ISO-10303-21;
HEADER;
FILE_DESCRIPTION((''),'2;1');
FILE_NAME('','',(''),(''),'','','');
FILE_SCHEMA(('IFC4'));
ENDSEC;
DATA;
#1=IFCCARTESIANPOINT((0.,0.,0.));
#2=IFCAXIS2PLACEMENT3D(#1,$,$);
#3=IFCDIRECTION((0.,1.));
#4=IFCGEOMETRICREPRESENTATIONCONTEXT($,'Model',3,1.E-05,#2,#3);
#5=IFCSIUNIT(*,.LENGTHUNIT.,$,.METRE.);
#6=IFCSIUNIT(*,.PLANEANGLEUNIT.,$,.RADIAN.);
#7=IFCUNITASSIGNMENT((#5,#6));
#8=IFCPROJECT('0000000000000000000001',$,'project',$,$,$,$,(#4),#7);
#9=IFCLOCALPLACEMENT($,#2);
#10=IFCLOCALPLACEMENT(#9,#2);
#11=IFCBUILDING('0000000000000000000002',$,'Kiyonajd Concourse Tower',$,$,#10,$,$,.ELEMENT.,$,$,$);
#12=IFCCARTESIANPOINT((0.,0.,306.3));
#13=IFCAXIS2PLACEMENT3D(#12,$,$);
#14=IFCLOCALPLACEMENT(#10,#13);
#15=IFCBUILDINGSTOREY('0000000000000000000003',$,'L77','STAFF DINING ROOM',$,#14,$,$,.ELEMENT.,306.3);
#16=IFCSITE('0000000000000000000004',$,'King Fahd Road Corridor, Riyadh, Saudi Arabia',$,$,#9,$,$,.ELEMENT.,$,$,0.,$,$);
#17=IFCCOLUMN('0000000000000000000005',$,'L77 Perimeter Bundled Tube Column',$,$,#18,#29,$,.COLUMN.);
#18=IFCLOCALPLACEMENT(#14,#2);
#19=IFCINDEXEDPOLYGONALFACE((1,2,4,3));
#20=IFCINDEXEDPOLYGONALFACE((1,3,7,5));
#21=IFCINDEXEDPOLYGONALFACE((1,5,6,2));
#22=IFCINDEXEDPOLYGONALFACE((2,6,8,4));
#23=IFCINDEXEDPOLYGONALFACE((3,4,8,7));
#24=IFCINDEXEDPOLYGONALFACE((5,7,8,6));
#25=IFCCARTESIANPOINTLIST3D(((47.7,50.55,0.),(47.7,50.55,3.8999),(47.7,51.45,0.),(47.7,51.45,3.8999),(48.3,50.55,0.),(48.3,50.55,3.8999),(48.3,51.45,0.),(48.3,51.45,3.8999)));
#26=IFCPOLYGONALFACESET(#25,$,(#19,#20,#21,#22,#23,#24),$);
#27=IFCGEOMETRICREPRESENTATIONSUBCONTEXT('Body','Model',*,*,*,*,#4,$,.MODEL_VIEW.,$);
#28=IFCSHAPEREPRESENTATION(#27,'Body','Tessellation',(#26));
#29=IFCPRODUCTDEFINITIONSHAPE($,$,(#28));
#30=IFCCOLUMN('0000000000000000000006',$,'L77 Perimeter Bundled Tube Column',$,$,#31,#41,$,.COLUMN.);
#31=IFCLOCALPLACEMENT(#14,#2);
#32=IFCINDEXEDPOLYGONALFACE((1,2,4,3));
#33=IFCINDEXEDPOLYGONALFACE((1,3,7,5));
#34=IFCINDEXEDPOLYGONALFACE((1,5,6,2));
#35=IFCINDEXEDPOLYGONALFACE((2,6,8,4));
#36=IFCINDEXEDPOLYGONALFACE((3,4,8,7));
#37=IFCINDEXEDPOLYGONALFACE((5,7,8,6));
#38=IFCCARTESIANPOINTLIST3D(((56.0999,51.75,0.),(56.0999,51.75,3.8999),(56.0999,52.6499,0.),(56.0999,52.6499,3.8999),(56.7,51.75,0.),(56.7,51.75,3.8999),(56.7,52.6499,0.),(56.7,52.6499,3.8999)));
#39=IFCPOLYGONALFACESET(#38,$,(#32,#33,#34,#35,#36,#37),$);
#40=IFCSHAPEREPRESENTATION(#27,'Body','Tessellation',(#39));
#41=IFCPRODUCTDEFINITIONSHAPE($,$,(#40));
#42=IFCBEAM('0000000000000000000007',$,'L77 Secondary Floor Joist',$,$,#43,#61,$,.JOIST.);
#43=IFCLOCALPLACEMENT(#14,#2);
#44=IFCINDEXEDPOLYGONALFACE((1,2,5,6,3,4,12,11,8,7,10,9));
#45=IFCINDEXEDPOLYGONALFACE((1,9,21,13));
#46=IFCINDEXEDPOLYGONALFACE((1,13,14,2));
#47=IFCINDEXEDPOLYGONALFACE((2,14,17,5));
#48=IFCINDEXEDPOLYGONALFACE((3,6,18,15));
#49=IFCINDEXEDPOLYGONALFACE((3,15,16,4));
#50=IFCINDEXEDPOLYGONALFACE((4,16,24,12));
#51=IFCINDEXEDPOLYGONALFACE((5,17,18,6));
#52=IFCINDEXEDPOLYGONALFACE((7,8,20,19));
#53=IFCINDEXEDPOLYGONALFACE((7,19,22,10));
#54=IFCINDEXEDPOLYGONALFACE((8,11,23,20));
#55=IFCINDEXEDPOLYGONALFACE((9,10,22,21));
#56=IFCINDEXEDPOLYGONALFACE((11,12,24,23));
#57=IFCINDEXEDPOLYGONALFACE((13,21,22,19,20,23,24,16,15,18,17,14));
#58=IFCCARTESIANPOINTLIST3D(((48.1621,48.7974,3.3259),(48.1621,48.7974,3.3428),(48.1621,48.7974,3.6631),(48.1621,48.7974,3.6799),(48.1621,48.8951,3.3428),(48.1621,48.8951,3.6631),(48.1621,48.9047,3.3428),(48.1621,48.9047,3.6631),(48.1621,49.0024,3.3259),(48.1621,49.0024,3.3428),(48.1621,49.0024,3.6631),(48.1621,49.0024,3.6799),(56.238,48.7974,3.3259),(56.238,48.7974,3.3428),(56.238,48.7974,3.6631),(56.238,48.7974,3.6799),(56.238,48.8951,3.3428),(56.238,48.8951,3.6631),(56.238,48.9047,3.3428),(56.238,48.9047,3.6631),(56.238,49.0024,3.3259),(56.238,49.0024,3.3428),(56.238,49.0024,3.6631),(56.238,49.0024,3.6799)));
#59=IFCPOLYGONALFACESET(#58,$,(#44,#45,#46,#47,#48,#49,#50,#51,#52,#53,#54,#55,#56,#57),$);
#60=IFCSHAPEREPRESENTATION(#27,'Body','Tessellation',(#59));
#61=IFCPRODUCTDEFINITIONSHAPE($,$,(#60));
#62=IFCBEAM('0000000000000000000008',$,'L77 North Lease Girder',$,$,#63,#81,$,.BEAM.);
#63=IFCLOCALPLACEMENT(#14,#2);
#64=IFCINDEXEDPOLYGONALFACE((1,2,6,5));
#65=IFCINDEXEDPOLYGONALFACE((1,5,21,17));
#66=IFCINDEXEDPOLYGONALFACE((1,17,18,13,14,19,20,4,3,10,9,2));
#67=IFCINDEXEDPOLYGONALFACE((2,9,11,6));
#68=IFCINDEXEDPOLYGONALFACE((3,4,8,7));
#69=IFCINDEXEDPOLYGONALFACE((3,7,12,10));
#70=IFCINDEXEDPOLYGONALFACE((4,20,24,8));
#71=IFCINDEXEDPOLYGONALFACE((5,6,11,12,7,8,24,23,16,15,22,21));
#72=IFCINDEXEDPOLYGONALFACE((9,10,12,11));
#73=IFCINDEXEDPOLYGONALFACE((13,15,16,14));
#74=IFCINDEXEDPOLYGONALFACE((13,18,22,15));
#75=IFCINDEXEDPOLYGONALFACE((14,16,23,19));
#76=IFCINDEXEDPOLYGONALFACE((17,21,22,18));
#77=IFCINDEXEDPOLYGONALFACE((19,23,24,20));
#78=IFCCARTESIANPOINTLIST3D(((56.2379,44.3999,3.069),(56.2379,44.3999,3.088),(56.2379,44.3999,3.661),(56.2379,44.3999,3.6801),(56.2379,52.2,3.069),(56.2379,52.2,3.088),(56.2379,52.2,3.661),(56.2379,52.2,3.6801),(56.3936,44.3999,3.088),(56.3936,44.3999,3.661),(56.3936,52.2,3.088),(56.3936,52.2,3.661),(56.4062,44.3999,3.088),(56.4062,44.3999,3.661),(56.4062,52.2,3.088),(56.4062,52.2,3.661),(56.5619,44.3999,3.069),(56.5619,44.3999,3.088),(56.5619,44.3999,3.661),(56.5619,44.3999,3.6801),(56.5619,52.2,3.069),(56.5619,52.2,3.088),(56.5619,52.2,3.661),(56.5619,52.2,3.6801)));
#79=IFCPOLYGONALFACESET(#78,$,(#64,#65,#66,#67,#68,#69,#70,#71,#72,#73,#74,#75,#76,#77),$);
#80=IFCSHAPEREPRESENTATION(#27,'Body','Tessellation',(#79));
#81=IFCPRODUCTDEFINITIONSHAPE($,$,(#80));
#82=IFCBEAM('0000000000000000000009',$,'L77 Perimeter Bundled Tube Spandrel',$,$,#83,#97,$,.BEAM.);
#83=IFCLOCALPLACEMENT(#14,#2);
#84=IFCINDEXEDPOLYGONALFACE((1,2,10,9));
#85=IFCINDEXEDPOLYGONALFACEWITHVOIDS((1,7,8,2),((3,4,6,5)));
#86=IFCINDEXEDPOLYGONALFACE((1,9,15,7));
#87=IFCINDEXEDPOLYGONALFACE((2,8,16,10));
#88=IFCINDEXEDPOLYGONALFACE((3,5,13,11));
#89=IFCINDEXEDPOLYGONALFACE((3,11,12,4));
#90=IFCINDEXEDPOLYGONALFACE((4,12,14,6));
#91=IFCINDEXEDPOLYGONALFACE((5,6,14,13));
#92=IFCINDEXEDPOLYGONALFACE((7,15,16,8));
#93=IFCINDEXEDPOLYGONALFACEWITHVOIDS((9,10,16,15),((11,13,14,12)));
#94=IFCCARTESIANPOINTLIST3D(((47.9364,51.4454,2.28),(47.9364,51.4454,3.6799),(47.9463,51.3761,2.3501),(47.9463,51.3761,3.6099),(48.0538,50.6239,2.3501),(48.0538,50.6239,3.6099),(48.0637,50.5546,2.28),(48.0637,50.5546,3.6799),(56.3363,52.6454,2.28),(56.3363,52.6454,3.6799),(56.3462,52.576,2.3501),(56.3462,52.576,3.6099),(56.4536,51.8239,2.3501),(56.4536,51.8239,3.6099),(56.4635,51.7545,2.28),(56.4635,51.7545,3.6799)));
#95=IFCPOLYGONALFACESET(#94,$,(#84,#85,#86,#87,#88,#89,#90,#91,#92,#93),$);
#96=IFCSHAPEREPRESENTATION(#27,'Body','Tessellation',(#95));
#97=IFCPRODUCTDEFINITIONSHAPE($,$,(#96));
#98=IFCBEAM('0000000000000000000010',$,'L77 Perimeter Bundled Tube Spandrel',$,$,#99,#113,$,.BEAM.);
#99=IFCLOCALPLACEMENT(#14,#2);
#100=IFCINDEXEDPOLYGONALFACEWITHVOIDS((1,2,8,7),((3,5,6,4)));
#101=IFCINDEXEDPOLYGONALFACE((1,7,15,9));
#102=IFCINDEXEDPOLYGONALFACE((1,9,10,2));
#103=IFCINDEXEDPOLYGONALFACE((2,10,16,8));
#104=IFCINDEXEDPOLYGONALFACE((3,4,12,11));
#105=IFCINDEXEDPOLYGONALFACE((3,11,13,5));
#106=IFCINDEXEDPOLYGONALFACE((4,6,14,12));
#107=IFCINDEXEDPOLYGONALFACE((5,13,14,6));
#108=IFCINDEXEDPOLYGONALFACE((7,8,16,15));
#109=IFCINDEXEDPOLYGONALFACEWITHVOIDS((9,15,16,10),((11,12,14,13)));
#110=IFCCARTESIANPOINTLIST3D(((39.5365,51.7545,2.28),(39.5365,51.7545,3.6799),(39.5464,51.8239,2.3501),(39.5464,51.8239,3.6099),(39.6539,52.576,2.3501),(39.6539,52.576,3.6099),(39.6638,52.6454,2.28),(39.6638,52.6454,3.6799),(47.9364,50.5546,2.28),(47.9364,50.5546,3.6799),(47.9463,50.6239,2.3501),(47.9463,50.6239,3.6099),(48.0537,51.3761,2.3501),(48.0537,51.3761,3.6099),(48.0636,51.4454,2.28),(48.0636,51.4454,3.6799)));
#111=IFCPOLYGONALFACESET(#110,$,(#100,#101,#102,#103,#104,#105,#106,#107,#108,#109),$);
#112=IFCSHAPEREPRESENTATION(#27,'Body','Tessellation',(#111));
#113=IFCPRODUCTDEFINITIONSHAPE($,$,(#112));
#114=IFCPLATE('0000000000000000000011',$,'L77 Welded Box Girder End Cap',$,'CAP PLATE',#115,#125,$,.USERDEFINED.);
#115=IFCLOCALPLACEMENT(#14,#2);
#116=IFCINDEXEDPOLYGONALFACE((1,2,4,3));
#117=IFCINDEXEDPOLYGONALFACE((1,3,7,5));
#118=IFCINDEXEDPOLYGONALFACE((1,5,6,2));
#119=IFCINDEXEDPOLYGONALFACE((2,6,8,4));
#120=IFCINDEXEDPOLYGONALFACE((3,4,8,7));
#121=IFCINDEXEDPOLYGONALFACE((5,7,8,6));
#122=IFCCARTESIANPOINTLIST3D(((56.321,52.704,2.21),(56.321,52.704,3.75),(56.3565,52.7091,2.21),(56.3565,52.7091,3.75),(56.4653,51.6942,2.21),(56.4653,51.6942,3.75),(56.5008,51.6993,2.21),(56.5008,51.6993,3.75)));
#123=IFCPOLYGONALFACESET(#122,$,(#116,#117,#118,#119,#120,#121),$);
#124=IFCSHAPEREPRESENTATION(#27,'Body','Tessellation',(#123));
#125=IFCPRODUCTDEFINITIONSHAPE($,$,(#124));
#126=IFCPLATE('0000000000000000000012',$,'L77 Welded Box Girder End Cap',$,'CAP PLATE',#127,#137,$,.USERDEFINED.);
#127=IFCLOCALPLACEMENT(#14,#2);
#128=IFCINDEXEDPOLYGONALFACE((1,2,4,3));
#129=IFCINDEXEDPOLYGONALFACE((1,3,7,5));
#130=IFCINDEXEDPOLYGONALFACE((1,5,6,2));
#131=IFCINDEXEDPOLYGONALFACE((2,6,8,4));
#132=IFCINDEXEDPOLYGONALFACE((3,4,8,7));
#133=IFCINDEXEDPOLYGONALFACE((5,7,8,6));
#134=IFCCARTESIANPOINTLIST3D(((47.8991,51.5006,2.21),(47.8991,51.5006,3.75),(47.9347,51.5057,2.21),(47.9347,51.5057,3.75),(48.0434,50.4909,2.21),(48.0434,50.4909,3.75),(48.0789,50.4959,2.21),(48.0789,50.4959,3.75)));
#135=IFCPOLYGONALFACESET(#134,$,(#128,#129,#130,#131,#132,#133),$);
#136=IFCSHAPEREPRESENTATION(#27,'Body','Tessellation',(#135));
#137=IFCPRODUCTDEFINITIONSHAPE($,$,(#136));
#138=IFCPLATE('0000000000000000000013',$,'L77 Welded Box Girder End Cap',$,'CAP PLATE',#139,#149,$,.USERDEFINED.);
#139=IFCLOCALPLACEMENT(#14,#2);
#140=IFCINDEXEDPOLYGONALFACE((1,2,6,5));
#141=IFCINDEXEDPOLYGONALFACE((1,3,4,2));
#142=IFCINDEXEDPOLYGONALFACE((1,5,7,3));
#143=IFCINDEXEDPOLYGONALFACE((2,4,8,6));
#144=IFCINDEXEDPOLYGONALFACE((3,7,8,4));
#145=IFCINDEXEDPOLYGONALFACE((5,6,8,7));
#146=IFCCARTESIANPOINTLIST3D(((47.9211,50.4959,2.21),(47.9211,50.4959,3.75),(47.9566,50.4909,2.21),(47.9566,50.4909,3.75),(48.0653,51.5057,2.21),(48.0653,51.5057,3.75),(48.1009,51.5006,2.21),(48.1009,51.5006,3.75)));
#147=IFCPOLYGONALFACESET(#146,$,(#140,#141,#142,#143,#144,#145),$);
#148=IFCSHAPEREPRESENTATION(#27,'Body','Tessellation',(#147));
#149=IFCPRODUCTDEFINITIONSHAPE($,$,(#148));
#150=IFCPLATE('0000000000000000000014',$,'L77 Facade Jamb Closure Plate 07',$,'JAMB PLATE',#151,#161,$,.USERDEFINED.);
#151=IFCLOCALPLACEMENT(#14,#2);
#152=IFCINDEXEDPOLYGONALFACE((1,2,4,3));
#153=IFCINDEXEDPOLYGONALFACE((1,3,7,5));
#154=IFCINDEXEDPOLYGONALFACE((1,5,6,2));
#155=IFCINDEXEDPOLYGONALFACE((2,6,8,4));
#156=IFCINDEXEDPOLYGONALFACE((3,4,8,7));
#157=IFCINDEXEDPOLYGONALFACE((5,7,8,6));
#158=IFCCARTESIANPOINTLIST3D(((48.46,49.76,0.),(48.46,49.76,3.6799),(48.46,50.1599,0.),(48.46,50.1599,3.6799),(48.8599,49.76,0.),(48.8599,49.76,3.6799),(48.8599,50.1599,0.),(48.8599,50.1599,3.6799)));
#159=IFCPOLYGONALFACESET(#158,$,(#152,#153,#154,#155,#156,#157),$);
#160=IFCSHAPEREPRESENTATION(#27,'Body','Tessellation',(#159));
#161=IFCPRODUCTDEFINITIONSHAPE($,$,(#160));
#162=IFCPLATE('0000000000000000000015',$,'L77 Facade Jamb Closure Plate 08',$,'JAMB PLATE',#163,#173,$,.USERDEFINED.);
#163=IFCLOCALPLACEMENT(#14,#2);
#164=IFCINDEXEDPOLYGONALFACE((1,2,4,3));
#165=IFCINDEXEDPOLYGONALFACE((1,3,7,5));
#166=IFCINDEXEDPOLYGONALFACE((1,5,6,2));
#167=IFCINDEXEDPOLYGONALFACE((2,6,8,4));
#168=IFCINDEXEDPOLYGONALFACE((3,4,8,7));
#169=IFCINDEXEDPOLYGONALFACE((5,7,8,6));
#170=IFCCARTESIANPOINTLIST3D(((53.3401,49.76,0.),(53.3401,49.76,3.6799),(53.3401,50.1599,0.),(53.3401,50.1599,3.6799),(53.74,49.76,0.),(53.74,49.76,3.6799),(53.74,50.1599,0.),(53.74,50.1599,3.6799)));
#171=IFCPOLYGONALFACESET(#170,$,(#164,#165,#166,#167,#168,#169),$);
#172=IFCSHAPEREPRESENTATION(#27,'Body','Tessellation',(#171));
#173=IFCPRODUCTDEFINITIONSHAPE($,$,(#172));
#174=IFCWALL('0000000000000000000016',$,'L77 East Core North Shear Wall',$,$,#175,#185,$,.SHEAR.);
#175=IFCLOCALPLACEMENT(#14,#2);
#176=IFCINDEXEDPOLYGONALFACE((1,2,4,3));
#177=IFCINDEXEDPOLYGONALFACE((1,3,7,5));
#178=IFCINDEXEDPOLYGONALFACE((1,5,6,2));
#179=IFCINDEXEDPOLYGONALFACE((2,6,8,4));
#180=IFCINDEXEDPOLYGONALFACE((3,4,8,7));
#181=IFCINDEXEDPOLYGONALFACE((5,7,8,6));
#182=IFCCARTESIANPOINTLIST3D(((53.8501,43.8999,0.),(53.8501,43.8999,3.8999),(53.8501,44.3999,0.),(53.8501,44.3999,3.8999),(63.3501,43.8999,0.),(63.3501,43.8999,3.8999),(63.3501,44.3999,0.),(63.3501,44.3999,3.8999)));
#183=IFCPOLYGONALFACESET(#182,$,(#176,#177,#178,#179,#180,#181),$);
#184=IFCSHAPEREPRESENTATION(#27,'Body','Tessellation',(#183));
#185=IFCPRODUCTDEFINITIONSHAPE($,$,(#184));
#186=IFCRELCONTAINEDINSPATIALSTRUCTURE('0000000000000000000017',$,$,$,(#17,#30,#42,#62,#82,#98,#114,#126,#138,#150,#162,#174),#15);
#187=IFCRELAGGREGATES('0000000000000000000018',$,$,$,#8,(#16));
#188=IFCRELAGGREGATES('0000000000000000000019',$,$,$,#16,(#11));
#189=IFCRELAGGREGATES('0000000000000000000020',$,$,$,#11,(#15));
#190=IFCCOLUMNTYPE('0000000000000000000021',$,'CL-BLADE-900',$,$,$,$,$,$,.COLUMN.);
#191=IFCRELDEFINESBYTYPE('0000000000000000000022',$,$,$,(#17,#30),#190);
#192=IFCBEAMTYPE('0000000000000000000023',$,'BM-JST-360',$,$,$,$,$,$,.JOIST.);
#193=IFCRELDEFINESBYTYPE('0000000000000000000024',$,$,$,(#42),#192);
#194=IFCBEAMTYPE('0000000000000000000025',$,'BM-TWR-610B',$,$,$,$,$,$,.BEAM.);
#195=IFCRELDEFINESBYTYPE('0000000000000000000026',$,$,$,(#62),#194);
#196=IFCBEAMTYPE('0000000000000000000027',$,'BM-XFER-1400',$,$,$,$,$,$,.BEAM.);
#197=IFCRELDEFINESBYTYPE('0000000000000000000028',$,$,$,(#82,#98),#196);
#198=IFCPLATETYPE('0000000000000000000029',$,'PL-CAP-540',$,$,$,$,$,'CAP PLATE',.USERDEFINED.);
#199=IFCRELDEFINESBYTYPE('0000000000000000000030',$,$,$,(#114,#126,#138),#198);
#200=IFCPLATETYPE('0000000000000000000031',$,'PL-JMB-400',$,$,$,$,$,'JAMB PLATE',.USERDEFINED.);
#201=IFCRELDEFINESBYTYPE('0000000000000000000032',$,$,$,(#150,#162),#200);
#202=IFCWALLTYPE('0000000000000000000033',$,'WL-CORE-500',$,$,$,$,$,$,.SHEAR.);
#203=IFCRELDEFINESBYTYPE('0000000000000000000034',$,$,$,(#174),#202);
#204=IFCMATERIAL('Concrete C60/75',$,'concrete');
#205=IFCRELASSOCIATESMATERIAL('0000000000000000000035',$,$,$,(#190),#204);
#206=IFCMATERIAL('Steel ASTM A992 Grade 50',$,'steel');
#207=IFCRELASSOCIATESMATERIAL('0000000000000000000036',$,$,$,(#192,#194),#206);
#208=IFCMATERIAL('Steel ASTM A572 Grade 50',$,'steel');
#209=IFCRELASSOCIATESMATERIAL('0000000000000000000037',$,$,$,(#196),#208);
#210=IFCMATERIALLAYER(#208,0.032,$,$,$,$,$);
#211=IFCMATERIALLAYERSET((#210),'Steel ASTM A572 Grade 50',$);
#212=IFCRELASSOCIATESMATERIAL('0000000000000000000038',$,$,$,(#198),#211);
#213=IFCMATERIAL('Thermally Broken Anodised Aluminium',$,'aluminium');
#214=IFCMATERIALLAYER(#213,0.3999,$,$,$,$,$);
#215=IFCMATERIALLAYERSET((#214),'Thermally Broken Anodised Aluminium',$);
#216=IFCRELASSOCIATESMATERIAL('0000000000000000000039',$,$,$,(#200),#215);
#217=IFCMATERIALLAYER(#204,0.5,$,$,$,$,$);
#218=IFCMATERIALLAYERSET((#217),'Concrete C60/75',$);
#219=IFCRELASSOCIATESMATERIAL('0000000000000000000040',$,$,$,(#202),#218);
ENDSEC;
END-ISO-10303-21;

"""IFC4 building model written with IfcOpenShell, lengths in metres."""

from ifc_helpers import new_model, si_unit, direction, frame, frame_2d, origin, origin_2d, place, context, subcontext, project, spatial, rectangle, hollow_rectangle, i_section, extrude, material, layer, layer_set, material_profile, profile_set, type_object, element, save


model = new_model("IFC4")

# Units and contexts
model_context = context("Model", 3, precision=1e-05, world=origin(), true_north=direction((0.0, 1.0)))
body_context = subcontext(model_context, "Body", "Model", "MODEL_VIEW")
ifc_project = project(units=[si_unit("LENGTHUNIT", "METRE"), si_unit("PLANEANGLEUNIT", "RADIAN")], contexts=[model_context])

# Site, building, storey
site_placement = place(None, origin())
site = spatial("IfcSite", under=ifc_project, at=site_placement, Name="King Fahd Road Corridor, Riyadh, Saudi Arabia", CompositionType="ELEMENT", RefElevation=0.0)
building_placement = place(site_placement, origin())
building = spatial("IfcBuilding", under=site, at=building_placement, Name="Kiyonajd Concourse Tower", CompositionType="ELEMENT")
storey_placement = place(building_placement, frame((0.0, 0.0, 306.3)))
storey = spatial("IfcBuildingStorey", under=building, at=storey_placement, Name="L77", Description="STAFF DINING ROOM", CompositionType="ELEMENT", Elevation=306.3)

# Columns
ifc_material_1 = material(Name="Concrete C60/75", Category="concrete")
ifc_material_profile_1 = material_profile(ifc_material_1, rectangle(XDim=0.6001, YDim=0.8999, at=origin_2d()), Name="RC-900x600")
ifc_profile_set_1 = profile_set([ifc_material_profile_1], Name="Concrete C60/75")
column_type = type_object("IfcColumnType", Name="CL-BLADE-900", PredefinedType="COLUMN", material=ifc_profile_set_1)
for number, where, z_axis, x_axis, name in (
    (1, (48.0, 51.0, 0.0), (0.0, 0.0, 1.0), (1.0, 0.0, 0.0), "L77 Perimeter Bundled Tube Column"),
    (2, (56.3999, 52.2, 0.0), (0.0, 0.0, 1.0), (1.0, 0.0, 0.0), "L77 Perimeter Bundled Tube Column"),
):
    element("IfcColumn", number, at=place(storey_placement, frame(where, z_axis=z_axis, x_axis=x_axis)), inside=storey, type_object=column_type, Name=name, PredefinedType="COLUMN", context=body_context, shape_type="SweptSolid", body=[
        extrude(rectangle(XDim=0.6001, YDim=0.8999, at=origin_2d()), origin(), (0.0, 0.0, 1.0), 3.8999),
    ])

# Beams
ifc_material_2 = material(Name="Steel ASTM A992 Grade 50", Category="steel")
ifc_material_profile_2 = material_profile(ifc_material_2, i_section(OverallWidth=0.2051, OverallDepth=0.354, WebThickness=0.0095, FlangeThickness=0.0168, at=origin_2d()), Name="W360X79")
ifc_profile_set_2 = profile_set([ifc_material_profile_2], Name="Steel ASTM A992 Grade 50")
beam_type_1 = type_object("IfcBeamType", Name="BM-JST-360", PredefinedType="JOIST", material=ifc_profile_set_2)
beam_1_placement = place(storey_placement, frame((48.1621, 48.8999, 3.5029), z_axis=(1.0, 0.0, 0.0), x_axis=(0.0, 1.0, 0.0)))
element("IfcBeam", 3, at=beam_1_placement, inside=storey, type_object=beam_type_1, Name="L77 Secondary Floor Joist", PredefinedType="JOIST", context=body_context, shape_type="SweptSolid", body=[
    extrude(i_section(OverallWidth=0.2051, OverallDepth=0.354, WebThickness=0.0095, FlangeThickness=0.0168, at=origin_2d()), origin(), (0.0, 0.0, 1.0), 8.0759),
])
ifc_material_profile_3 = material_profile(ifc_material_2, i_section(OverallWidth=0.324, OverallDepth=0.6111, WebThickness=0.0127, FlangeThickness=0.019, at=origin_2d()), Name="W610X155")
ifc_profile_set_3 = profile_set([ifc_material_profile_3], Name="Steel ASTM A992 Grade 50")
beam_type_2 = type_object("IfcBeamType", Name="BM-TWR-610B", PredefinedType="BEAM", material=ifc_profile_set_3)
beam_2_placement = place(storey_placement, frame((56.3999, 44.3999, 3.3745), z_axis=(0.0, 1.0, 0.0), x_axis=(-1.0, 0.0, 0.0)))
element("IfcBeam", 4, at=beam_2_placement, inside=storey, type_object=beam_type_2, Name="L77 North Lease Girder", PredefinedType="BEAM", context=body_context, shape_type="SweptSolid", body=[
    extrude(i_section(OverallWidth=0.324, OverallDepth=0.6111, WebThickness=0.0127, FlangeThickness=0.019, at=origin_2d()), origin(), (0.0, 0.0, 1.0), 7.8),
])
ifc_material_3 = material(Name="Steel ASTM A572 Grade 50", Category="steel")
ifc_material_profile_4 = material_profile(ifc_material_3, hollow_rectangle(XDim=0.8999, YDim=1.3999, WallThickness=0.0701, at=origin_2d()), Name="BOX-1400x900x70")
ifc_profile_set_4 = profile_set([ifc_material_profile_4], Name="Steel ASTM A572 Grade 50")
beam_type_3 = type_object("IfcBeamType", Name="BM-XFER-1400", PredefinedType="BEAM", material=ifc_profile_set_4)
for number, where, z_axis, x_axis, name in (
    (5, (56.3999, 52.2, 2.98), (-0.98995, -0.141417, 0.0), (0.141417, -0.98995, 0.0), "L77 Perimeter Bundled Tube Spandrel"),
    (6, (48.0, 51.0, 2.98), (-0.98995, 0.141417, 0.0), (-0.141417, -0.98995, 0.0), "L77 Perimeter Bundled Tube Spandrel"),
):
    element("IfcBeam", number, at=place(storey_placement, frame(where, z_axis=z_axis, x_axis=x_axis)), inside=storey, type_object=beam_type_3, Name=name, PredefinedType="BEAM", context=body_context, shape_type="SweptSolid", body=[
        extrude(hollow_rectangle(XDim=0.8999, YDim=1.3999, WallThickness=0.0701, at=origin_2d()), origin(), (0.0, 0.0, 1.0), 8.4851),
    ])

# Plates
ifc_layer_1 = layer(ifc_material_3, 0.032)
ifc_layer_set_1 = layer_set([ifc_layer_1], Name="Steel ASTM A572 Grade 50")
plate_type_1 = type_object("IfcPlateType", Name="PL-CAP-540", ElementType="CAP PLATE", PredefinedType="USERDEFINED", material=ifc_layer_set_1)
for number, where, z_axis, x_axis, name in (
    (7, (56.4109, 52.2017, 2.21), (0.0, 0.0, 1.0), (0.98995, 0.14142, 0.0), "L77 Welded Box Girder End Cap"),
    (8, (47.989, 50.9983, 2.21), (0.0, 0.0, 1.0), (-0.98995, -0.14142, 0.0), "L77 Welded Box Girder End Cap"),
    (9, (48.011, 50.9983, 2.21), (0.0, 0.0, 1.0), (0.98995, -0.14142, 0.0), "L77 Welded Box Girder End Cap"),
):
    element("IfcPlate", number, at=place(storey_placement, frame(where, z_axis=z_axis, x_axis=x_axis)), inside=storey, type_object=plate_type_1, Name=name, ObjectType="CAP PLATE", PredefinedType="USERDEFINED", context=body_context, shape_type="SweptSolid", body=[
        extrude(rectangle(XDim=0.0359, YDim=1.02, at=origin_2d()), origin(), (0.0, 0.0, 1.0), 1.54),
    ])
ifc_material_4 = material(Name="Thermally Broken Anodised Aluminium", Category="aluminium")
ifc_layer_2 = layer(ifc_material_4, 0.3999)
ifc_layer_set_2 = layer_set([ifc_layer_2], Name="Thermally Broken Anodised Aluminium")
plate_type_2 = type_object("IfcPlateType", Name="PL-JMB-400", ElementType="JAMB PLATE", PredefinedType="USERDEFINED", material=ifc_layer_set_2)
for number, where, z_axis, x_axis, name in (
    (10, (48.6599, 49.96, 0.0), (0.0, 0.0, 1.0), (1.0, 0.0, 0.0), "L77 Facade Jamb Closure Plate 07"),
    (11, (53.54, 49.96, 0.0), (0.0, 0.0, 1.0), (1.0, 0.0, 0.0), "L77 Facade Jamb Closure Plate 08"),
):
    element("IfcPlate", number, at=place(storey_placement, frame(where, z_axis=z_axis, x_axis=x_axis)), inside=storey, type_object=plate_type_2, Name=name, ObjectType="JAMB PLATE", PredefinedType="USERDEFINED", context=body_context, shape_type="SweptSolid", body=[
        extrude(rectangle(XDim=0.3999, YDim=0.3999, at=origin_2d()), origin(), (0.0, 0.0, 1.0), 3.6799),
    ])

# Wall
ifc_layer_3 = layer(ifc_material_1, 0.5)
ifc_layer_set_3 = layer_set([ifc_layer_3], Name="Concrete C60/75")
wall_type_1 = type_object("IfcWallType", Name="WL-CORE-500", PredefinedType="SHEAR", material=ifc_layer_set_3)
wall_1_placement = place(storey_placement, frame((53.8501, 44.1499, 0.0), z_axis=(0.0, 0.0, 1.0), x_axis=(1.0, 0.0, 0.0)))
element("IfcWall", 12, at=wall_1_placement, inside=storey, type_object=wall_type_1, Name="L77 East Core North Shear Wall", PredefinedType="SHEAR", context=body_context, shape_type="SweptSolid", body=[
    extrude(rectangle(XDim=9.5, YDim=0.5, at=frame_2d((4.75, 0.0))), origin(), (0.0, 0.0, 1.0), 3.8999),
])

save(model, "model.ifc")
